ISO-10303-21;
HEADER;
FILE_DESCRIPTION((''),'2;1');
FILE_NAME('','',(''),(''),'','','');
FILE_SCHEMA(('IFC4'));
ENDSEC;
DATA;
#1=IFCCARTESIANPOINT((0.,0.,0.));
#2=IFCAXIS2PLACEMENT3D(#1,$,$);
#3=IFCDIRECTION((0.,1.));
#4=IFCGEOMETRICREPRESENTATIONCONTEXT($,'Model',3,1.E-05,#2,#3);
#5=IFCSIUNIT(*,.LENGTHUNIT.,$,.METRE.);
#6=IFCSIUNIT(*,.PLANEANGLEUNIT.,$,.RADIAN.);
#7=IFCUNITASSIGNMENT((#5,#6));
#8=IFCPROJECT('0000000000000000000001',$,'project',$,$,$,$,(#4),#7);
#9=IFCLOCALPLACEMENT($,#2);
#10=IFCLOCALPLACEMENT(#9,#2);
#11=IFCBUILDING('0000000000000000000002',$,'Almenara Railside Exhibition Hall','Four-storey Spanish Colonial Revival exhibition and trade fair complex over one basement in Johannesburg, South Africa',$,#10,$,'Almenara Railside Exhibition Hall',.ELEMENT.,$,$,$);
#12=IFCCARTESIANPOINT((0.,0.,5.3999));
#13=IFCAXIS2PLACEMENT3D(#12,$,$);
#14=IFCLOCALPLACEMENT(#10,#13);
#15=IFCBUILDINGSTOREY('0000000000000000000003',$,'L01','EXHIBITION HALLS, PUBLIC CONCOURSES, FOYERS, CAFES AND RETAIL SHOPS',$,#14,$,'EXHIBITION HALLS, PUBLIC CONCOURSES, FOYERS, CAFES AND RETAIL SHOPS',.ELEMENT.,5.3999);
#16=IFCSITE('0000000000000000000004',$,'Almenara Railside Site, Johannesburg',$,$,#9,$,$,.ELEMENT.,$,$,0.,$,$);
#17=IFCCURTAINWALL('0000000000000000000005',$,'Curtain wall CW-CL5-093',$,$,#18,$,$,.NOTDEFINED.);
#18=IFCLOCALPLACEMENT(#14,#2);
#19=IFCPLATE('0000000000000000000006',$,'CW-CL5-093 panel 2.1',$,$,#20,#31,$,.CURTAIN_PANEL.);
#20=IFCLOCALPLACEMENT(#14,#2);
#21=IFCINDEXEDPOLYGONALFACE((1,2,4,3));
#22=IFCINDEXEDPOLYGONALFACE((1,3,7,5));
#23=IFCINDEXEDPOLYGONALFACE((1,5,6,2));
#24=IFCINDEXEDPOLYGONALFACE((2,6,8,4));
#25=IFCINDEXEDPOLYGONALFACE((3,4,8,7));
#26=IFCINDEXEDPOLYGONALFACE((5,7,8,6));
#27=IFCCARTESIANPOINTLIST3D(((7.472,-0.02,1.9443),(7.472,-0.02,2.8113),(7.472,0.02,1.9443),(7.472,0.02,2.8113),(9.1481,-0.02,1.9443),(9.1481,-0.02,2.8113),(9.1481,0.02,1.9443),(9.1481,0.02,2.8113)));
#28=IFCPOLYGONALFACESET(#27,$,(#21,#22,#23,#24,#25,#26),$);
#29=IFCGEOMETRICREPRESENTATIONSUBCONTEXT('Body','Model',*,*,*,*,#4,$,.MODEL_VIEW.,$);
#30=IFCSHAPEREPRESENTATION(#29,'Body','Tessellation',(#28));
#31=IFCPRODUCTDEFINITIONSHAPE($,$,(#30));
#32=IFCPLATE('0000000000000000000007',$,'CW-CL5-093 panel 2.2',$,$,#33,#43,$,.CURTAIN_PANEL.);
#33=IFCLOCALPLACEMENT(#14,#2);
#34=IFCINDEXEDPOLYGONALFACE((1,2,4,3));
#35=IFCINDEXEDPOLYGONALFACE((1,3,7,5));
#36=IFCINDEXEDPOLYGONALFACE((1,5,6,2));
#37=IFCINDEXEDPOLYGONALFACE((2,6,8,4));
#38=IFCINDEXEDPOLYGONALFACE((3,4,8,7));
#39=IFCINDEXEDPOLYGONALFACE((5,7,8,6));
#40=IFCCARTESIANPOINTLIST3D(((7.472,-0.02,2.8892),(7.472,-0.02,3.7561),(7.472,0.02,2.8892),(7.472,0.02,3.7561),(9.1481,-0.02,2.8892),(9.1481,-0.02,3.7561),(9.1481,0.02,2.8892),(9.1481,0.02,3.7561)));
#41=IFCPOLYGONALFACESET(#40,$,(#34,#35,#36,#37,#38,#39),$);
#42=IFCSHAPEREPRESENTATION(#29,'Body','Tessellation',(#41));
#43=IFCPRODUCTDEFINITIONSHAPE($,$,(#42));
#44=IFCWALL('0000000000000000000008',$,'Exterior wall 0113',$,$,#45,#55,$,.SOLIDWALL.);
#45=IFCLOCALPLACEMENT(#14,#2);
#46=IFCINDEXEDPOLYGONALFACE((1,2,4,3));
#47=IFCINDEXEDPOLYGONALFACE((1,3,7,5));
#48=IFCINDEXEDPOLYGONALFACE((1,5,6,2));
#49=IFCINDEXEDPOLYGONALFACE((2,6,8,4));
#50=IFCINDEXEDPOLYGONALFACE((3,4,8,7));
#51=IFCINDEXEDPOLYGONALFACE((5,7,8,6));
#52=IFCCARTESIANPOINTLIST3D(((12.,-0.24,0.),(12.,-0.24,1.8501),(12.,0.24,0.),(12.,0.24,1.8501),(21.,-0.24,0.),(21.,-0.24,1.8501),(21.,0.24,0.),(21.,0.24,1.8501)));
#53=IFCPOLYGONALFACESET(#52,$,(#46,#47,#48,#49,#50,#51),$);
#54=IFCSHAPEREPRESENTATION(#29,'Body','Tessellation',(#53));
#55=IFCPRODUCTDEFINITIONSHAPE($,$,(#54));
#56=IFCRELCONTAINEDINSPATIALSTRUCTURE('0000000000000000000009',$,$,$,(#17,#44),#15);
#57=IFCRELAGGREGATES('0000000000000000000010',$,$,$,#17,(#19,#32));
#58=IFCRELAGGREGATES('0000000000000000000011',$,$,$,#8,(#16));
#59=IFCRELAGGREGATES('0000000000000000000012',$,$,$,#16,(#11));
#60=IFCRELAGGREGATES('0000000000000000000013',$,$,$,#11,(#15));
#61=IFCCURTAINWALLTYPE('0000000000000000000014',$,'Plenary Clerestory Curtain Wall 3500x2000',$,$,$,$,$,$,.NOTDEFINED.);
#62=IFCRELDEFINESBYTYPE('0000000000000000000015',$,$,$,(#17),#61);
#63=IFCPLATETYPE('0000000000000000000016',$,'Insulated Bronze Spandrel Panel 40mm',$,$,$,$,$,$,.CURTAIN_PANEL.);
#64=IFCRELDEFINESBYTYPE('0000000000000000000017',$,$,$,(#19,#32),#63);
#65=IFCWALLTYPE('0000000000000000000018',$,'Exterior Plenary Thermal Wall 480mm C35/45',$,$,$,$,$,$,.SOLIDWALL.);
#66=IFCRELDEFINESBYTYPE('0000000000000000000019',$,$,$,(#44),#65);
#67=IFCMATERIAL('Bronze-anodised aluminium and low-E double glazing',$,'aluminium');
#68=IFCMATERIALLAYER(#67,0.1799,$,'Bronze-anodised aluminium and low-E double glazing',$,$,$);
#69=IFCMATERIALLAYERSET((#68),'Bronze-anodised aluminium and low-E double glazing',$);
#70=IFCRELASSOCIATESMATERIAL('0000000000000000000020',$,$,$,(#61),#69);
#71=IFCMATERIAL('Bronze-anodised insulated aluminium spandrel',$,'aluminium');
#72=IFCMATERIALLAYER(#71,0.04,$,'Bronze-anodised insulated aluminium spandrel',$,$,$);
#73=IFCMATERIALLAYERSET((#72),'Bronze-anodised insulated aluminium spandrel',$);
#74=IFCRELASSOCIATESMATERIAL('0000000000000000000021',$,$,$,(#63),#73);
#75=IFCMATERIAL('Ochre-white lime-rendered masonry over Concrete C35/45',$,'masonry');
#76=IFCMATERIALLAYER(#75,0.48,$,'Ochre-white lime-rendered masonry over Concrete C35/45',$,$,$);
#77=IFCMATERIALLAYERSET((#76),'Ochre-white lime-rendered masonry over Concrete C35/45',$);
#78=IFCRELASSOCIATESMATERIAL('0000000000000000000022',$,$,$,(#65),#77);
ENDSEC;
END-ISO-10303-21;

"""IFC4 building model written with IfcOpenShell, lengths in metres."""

from ifc_helpers import new_model, si_unit, direction, frame, frame_2d, origin, origin_2d, place, context, subcontext, project, spatial, rectangle, extrude, material, layer, layer_set, type_object, element, aggregate, save


model = new_model("IFC4")

# Units and contexts
model_context = context("Model", 3, precision=1e-05, world=origin(), true_north=direction((0.0, 1.0)))
body_context = subcontext(model_context, "Body", "Model", "MODEL_VIEW")
ifc_project = project(units=[si_unit("LENGTHUNIT", "METRE"), si_unit("PLANEANGLEUNIT", "RADIAN")], contexts=[model_context])

# Site, building, storey
site_placement = place(None, origin())
site = spatial("IfcSite", under=ifc_project, at=site_placement, Name="Almenara Railside Site, Johannesburg", CompositionType="ELEMENT", RefElevation=0.0)
building_placement = place(site_placement, origin())
building = spatial("IfcBuilding", under=site, at=building_placement, Name="Almenara Railside Exhibition Hall", Description="Four-storey Spanish Colonial Revival exhibition and trade fair complex over one basement in Johannesburg, South Africa", LongName="Almenara Railside Exhibition Hall", CompositionType="ELEMENT")
storey_placement = place(building_placement, frame((0.0, 0.0, 5.3999)))
storey = spatial("IfcBuildingStorey", under=building, at=storey_placement, Name="L01", Description="EXHIBITION HALLS, PUBLIC CONCOURSES, FOYERS, CAFES AND RETAIL SHOPS", LongName="EXHIBITION HALLS, PUBLIC CONCOURSES, FOYERS, CAFES AND RETAIL SHOPS", CompositionType="ELEMENT", Elevation=5.3999)

# Curtain wall
ifc_material_1 = material(Name="Bronze-anodised aluminium and low-E double glazing", Category="aluminium")
ifc_layer_1 = layer(ifc_material_1, 0.1799, Name="Bronze-anodised aluminium and low-E double glazing")
ifc_layer_set_1 = layer_set([ifc_layer_1], Name="Bronze-anodised aluminium and low-E double glazing")
curtain_wall_type_1 = type_object("IfcCurtainWallType", Name="Plenary Clerestory Curtain Wall 3500x2000", PredefinedType="NOTDEFINED", material=ifc_layer_set_1)
curtain_wall_1_placement = place(storey_placement, origin())
curtain_wall_1 = element("IfcCurtainWall", 1, at=curtain_wall_1_placement, inside=storey, type_object=curtain_wall_type_1, Name="Curtain wall CW-CL5-093", PredefinedType="NOTDEFINED")

# Plates
ifc_material_2 = material(Name="Bronze-anodised insulated aluminium spandrel", Category="aluminium")
ifc_layer_2 = layer(ifc_material_2, 0.04, Name="Bronze-anodised insulated aluminium spandrel")
ifc_layer_set_2 = layer_set([ifc_layer_2], Name="Bronze-anodised insulated aluminium spandrel")
plate_type_1 = type_object("IfcPlateType", Name="Insulated Bronze Spandrel Panel 40mm", PredefinedType="CURTAIN_PANEL", material=ifc_layer_set_2)
plate_1_placement = place(storey_placement, frame((8.3101, 0.0, 1.9443), z_axis=(0.0, 0.0, 1.0), x_axis=(1.0, 0.0, 0.0)))
plate_1 = element("IfcPlate", 2, at=plate_1_placement, type_object=plate_type_1, Name="CW-CL5-093 panel 2.1", PredefinedType="CURTAIN_PANEL", context=body_context, shape_type="SweptSolid", body=[
    extrude(rectangle(XDim=1.676, YDim=0.04, at=origin_2d()), origin(), (0.0, 0.0, 1.0), 0.8669),
])
plate_2_placement = place(storey_placement, frame((8.3101, 0.0, 2.8892), z_axis=(0.0, 0.0, 1.0), x_axis=(1.0, 0.0, 0.0)))
plate_2 = element("IfcPlate", 3, at=plate_2_placement, type_object=plate_type_1, Name="CW-CL5-093 panel 2.2", PredefinedType="CURTAIN_PANEL", context=body_context, shape_type="SweptSolid", body=[
    extrude(rectangle(XDim=1.676, YDim=0.04, at=origin_2d()), origin(), (0.0, 0.0, 1.0), 0.8669),
])
aggregate(curtain_wall_1, [plate_1, plate_2])

# Wall
ifc_material_3 = material(Name="Ochre-white lime-rendered masonry over Concrete C35/45", Category="masonry")
ifc_layer_3 = layer(ifc_material_3, 0.48, Name="Ochre-white lime-rendered masonry over Concrete C35/45")
ifc_layer_set_3 = layer_set([ifc_layer_3], Name="Ochre-white lime-rendered masonry over Concrete C35/45")
wall_type = type_object("IfcWallType", Name="Exterior Plenary Thermal Wall 480mm C35/45", PredefinedType="SOLIDWALL", material=ifc_layer_set_3)
wall_placement = place(storey_placement, frame((12.0, 0.0, 0.0), z_axis=(0.0, 0.0, 1.0), x_axis=(1.0, 0.0, 0.0)))
element("IfcWall", 4, at=wall_placement, inside=storey, type_object=wall_type, Name="Exterior wall 0113", PredefinedType="SOLIDWALL", context=body_context, shape_type="SweptSolid", body=[
    extrude(rectangle(XDim=9.0, YDim=0.48, at=frame_2d((4.5, 0.0))), origin(), (0.0, 0.0, 1.0), 1.8501),
])

save(model, "model.ifc")
